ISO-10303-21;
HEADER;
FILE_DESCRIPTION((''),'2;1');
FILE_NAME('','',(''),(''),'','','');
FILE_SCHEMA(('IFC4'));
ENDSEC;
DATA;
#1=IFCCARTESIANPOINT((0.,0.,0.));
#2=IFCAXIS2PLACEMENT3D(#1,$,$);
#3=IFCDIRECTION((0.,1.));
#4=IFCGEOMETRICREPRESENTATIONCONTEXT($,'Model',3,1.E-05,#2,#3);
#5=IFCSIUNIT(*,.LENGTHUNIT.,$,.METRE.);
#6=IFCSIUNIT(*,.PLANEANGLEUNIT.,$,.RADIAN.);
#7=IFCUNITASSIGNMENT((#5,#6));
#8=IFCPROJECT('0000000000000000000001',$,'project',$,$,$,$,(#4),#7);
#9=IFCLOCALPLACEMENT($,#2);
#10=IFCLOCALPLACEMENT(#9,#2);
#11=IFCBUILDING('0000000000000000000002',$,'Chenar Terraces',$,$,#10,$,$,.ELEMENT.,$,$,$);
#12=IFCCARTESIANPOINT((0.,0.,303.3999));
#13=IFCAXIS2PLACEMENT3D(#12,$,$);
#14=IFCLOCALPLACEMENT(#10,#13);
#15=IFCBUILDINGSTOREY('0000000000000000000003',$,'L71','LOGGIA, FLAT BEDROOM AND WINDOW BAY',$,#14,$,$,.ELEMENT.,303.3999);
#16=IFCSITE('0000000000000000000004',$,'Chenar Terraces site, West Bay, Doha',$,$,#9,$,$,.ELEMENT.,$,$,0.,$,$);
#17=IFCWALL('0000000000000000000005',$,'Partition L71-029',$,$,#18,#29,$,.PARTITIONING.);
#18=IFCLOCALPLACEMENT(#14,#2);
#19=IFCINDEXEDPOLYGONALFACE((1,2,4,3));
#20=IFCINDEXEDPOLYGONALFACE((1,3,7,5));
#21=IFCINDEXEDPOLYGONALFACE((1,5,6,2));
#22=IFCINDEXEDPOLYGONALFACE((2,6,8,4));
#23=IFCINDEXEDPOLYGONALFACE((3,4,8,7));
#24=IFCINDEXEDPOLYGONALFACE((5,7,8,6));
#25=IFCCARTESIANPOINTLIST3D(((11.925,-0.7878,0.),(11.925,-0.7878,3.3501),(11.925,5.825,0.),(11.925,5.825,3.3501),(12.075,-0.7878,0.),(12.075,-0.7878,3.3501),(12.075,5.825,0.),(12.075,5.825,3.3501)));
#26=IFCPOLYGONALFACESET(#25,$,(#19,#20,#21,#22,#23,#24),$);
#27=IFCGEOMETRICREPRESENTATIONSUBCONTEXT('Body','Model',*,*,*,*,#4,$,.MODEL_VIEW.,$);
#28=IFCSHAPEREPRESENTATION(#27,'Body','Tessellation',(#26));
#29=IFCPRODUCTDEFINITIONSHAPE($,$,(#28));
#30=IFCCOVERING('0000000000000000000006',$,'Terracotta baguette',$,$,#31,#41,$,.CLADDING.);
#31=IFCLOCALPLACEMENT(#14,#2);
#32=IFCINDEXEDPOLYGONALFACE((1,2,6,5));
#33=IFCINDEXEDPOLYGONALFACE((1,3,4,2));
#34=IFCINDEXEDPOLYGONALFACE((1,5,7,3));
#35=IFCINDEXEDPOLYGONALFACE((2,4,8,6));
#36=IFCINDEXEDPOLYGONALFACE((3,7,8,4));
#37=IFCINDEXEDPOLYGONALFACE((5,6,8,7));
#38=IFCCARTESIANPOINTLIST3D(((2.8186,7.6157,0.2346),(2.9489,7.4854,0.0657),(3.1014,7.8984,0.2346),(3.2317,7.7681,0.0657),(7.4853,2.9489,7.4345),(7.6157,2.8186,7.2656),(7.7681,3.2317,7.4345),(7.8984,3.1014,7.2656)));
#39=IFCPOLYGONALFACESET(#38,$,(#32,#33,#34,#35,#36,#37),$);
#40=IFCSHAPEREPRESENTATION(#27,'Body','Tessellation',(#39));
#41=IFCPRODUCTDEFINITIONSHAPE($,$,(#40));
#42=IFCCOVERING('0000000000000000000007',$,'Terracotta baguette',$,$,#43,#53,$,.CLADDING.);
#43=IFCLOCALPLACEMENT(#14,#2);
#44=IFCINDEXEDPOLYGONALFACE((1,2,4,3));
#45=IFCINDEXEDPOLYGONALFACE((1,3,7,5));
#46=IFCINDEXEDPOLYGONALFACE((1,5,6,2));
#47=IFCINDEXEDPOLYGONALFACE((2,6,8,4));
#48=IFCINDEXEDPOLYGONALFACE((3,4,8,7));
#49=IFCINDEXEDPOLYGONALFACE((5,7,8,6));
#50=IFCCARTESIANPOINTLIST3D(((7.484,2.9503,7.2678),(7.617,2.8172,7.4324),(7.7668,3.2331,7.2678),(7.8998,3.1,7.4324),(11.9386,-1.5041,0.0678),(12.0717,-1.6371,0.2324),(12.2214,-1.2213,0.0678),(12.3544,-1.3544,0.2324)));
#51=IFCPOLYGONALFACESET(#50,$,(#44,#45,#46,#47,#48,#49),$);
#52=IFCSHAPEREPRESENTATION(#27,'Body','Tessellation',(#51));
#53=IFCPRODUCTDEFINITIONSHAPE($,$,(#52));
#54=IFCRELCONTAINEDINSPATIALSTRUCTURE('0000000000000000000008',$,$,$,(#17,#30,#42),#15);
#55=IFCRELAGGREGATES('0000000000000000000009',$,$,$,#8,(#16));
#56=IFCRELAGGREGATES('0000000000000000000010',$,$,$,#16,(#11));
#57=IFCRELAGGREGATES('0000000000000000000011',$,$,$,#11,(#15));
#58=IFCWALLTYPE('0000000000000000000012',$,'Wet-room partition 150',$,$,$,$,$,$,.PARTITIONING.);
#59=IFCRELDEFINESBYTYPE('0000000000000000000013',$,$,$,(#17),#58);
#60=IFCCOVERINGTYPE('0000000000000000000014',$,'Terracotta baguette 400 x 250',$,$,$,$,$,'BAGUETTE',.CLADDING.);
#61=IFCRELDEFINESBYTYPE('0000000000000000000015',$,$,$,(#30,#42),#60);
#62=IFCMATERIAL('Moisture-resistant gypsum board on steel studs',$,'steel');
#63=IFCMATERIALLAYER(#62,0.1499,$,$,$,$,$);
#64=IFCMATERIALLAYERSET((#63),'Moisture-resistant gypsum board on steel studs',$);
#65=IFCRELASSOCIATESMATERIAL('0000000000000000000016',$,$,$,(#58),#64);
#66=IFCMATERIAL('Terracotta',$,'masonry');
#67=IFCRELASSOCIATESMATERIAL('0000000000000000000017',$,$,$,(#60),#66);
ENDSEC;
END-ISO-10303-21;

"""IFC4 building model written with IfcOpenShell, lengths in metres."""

from ifc_helpers import new_model, si_unit, direction, frame, frame_2d, origin, origin_2d, place, context, subcontext, project, spatial, rectangle, extrude, material, layer, layer_set, material_profile, profile_set, type_object, element, save


model = new_model("IFC4")

# Units and contexts
model_context = context("Model", 3, precision=1e-05, world=origin(), true_north=direction((0.0, 1.0)))
body_context = subcontext(model_context, "Body", "Model", "MODEL_VIEW")
ifc_project = project(units=[si_unit("LENGTHUNIT", "METRE"), si_unit("PLANEANGLEUNIT", "RADIAN")], contexts=[model_context])

# Site, building, storey
site_placement = place(None, origin())
site = spatial("IfcSite", under=ifc_project, at=site_placement, Name="Chenar Terraces site, West Bay, Doha", CompositionType="ELEMENT", RefElevation=0.0)
building_placement = place(site_placement, origin())
building = spatial("IfcBuilding", under=site, at=building_placement, Name="Chenar Terraces", CompositionType="ELEMENT")
storey_placement = place(building_placement, frame((0.0, 0.0, 303.3999)))
storey = spatial("IfcBuildingStorey", under=building, at=storey_placement, Name="L71", Description="LOGGIA, FLAT BEDROOM AND WINDOW BAY", CompositionType="ELEMENT", Elevation=303.3999)

# Shared definitions
ifc_material_1 = material(Name="Moisture-resistant gypsum board on steel studs", Category="steel")
ifc_layer_1 = layer(ifc_material_1, 0.1499)
ifc_layer_set_1 = layer_set([ifc_layer_1], Name="Moisture-resistant gypsum board on steel studs")
wall_type_1 = type_object("IfcWallType", Name="Wet-room partition 150", PredefinedType="PARTITIONING", material=ifc_layer_set_1)

# Wall
wall_1_placement = place(storey_placement, frame((12.0, -0.7878, 0.0), z_axis=(0.0, 0.0, 1.0), x_axis=(0.0, 1.0, 0.0)))
element("IfcWall", 1, at=wall_1_placement, inside=storey, type_object=wall_type_1, Name="Partition L71-029", PredefinedType="PARTITIONING", context=body_context, shape_type="SweptSolid", body=[
    extrude(rectangle(XDim=6.6128, YDim=0.1499, at=frame_2d((3.3064, 0.0))), origin(), (0.0, 0.0, 1.0), 3.3501),
])

# Coverings
ifc_material_2 = material(Name="Terracotta", Category="masonry")
ifc_material_profile = material_profile(ifc_material_2, rectangle(XDim=0.3999, YDim=0.25, at=origin_2d()), Name="Terracotta baguette 400 x 250")
ifc_profile_set = profile_set([ifc_material_profile], Name="Terracotta")
covering_type = type_object("IfcCoveringType", Name="Terracotta baguette 400 x 250", ElementType="BAGUETTE", PredefinedType="CLADDING", material=ifc_profile_set)
covering_1_placement = place(storey_placement, frame((3.0251, 7.6919, 0.1501), z_axis=(0.477803, -0.477803, 0.737163), x_axis=(0.707107, 0.707107, 0.0)))
element("IfcCovering", 2, at=covering_1_placement, inside=storey, type_object=covering_type, Name="Terracotta baguette", PredefinedType="CLADDING", context=body_context, shape_type="SweptSolid", body=[
    extrude(rectangle(XDim=0.3999, YDim=0.25, at=origin_2d()), origin(), (0.0, 0.0, 1.0), 9.7671),
])
covering_2_placement = place(storey_placement, frame((7.6919, 3.0251, 7.3501), z_axis=(0.46563, -0.465604, -0.752597), x_axis=(0.707087, 0.707126, 0.0)))
element("IfcCovering", 3, at=covering_2_placement, inside=storey, type_object=covering_type, Name="Terracotta baguette", PredefinedType="CLADDING", context=body_context, shape_type="SweptSolid", body=[
    extrude(rectangle(XDim=0.3999, YDim=0.25, at=origin_2d()), origin(), (0.0, 0.0, 1.0), 9.5669),
])

save(model, "model.ifc")
